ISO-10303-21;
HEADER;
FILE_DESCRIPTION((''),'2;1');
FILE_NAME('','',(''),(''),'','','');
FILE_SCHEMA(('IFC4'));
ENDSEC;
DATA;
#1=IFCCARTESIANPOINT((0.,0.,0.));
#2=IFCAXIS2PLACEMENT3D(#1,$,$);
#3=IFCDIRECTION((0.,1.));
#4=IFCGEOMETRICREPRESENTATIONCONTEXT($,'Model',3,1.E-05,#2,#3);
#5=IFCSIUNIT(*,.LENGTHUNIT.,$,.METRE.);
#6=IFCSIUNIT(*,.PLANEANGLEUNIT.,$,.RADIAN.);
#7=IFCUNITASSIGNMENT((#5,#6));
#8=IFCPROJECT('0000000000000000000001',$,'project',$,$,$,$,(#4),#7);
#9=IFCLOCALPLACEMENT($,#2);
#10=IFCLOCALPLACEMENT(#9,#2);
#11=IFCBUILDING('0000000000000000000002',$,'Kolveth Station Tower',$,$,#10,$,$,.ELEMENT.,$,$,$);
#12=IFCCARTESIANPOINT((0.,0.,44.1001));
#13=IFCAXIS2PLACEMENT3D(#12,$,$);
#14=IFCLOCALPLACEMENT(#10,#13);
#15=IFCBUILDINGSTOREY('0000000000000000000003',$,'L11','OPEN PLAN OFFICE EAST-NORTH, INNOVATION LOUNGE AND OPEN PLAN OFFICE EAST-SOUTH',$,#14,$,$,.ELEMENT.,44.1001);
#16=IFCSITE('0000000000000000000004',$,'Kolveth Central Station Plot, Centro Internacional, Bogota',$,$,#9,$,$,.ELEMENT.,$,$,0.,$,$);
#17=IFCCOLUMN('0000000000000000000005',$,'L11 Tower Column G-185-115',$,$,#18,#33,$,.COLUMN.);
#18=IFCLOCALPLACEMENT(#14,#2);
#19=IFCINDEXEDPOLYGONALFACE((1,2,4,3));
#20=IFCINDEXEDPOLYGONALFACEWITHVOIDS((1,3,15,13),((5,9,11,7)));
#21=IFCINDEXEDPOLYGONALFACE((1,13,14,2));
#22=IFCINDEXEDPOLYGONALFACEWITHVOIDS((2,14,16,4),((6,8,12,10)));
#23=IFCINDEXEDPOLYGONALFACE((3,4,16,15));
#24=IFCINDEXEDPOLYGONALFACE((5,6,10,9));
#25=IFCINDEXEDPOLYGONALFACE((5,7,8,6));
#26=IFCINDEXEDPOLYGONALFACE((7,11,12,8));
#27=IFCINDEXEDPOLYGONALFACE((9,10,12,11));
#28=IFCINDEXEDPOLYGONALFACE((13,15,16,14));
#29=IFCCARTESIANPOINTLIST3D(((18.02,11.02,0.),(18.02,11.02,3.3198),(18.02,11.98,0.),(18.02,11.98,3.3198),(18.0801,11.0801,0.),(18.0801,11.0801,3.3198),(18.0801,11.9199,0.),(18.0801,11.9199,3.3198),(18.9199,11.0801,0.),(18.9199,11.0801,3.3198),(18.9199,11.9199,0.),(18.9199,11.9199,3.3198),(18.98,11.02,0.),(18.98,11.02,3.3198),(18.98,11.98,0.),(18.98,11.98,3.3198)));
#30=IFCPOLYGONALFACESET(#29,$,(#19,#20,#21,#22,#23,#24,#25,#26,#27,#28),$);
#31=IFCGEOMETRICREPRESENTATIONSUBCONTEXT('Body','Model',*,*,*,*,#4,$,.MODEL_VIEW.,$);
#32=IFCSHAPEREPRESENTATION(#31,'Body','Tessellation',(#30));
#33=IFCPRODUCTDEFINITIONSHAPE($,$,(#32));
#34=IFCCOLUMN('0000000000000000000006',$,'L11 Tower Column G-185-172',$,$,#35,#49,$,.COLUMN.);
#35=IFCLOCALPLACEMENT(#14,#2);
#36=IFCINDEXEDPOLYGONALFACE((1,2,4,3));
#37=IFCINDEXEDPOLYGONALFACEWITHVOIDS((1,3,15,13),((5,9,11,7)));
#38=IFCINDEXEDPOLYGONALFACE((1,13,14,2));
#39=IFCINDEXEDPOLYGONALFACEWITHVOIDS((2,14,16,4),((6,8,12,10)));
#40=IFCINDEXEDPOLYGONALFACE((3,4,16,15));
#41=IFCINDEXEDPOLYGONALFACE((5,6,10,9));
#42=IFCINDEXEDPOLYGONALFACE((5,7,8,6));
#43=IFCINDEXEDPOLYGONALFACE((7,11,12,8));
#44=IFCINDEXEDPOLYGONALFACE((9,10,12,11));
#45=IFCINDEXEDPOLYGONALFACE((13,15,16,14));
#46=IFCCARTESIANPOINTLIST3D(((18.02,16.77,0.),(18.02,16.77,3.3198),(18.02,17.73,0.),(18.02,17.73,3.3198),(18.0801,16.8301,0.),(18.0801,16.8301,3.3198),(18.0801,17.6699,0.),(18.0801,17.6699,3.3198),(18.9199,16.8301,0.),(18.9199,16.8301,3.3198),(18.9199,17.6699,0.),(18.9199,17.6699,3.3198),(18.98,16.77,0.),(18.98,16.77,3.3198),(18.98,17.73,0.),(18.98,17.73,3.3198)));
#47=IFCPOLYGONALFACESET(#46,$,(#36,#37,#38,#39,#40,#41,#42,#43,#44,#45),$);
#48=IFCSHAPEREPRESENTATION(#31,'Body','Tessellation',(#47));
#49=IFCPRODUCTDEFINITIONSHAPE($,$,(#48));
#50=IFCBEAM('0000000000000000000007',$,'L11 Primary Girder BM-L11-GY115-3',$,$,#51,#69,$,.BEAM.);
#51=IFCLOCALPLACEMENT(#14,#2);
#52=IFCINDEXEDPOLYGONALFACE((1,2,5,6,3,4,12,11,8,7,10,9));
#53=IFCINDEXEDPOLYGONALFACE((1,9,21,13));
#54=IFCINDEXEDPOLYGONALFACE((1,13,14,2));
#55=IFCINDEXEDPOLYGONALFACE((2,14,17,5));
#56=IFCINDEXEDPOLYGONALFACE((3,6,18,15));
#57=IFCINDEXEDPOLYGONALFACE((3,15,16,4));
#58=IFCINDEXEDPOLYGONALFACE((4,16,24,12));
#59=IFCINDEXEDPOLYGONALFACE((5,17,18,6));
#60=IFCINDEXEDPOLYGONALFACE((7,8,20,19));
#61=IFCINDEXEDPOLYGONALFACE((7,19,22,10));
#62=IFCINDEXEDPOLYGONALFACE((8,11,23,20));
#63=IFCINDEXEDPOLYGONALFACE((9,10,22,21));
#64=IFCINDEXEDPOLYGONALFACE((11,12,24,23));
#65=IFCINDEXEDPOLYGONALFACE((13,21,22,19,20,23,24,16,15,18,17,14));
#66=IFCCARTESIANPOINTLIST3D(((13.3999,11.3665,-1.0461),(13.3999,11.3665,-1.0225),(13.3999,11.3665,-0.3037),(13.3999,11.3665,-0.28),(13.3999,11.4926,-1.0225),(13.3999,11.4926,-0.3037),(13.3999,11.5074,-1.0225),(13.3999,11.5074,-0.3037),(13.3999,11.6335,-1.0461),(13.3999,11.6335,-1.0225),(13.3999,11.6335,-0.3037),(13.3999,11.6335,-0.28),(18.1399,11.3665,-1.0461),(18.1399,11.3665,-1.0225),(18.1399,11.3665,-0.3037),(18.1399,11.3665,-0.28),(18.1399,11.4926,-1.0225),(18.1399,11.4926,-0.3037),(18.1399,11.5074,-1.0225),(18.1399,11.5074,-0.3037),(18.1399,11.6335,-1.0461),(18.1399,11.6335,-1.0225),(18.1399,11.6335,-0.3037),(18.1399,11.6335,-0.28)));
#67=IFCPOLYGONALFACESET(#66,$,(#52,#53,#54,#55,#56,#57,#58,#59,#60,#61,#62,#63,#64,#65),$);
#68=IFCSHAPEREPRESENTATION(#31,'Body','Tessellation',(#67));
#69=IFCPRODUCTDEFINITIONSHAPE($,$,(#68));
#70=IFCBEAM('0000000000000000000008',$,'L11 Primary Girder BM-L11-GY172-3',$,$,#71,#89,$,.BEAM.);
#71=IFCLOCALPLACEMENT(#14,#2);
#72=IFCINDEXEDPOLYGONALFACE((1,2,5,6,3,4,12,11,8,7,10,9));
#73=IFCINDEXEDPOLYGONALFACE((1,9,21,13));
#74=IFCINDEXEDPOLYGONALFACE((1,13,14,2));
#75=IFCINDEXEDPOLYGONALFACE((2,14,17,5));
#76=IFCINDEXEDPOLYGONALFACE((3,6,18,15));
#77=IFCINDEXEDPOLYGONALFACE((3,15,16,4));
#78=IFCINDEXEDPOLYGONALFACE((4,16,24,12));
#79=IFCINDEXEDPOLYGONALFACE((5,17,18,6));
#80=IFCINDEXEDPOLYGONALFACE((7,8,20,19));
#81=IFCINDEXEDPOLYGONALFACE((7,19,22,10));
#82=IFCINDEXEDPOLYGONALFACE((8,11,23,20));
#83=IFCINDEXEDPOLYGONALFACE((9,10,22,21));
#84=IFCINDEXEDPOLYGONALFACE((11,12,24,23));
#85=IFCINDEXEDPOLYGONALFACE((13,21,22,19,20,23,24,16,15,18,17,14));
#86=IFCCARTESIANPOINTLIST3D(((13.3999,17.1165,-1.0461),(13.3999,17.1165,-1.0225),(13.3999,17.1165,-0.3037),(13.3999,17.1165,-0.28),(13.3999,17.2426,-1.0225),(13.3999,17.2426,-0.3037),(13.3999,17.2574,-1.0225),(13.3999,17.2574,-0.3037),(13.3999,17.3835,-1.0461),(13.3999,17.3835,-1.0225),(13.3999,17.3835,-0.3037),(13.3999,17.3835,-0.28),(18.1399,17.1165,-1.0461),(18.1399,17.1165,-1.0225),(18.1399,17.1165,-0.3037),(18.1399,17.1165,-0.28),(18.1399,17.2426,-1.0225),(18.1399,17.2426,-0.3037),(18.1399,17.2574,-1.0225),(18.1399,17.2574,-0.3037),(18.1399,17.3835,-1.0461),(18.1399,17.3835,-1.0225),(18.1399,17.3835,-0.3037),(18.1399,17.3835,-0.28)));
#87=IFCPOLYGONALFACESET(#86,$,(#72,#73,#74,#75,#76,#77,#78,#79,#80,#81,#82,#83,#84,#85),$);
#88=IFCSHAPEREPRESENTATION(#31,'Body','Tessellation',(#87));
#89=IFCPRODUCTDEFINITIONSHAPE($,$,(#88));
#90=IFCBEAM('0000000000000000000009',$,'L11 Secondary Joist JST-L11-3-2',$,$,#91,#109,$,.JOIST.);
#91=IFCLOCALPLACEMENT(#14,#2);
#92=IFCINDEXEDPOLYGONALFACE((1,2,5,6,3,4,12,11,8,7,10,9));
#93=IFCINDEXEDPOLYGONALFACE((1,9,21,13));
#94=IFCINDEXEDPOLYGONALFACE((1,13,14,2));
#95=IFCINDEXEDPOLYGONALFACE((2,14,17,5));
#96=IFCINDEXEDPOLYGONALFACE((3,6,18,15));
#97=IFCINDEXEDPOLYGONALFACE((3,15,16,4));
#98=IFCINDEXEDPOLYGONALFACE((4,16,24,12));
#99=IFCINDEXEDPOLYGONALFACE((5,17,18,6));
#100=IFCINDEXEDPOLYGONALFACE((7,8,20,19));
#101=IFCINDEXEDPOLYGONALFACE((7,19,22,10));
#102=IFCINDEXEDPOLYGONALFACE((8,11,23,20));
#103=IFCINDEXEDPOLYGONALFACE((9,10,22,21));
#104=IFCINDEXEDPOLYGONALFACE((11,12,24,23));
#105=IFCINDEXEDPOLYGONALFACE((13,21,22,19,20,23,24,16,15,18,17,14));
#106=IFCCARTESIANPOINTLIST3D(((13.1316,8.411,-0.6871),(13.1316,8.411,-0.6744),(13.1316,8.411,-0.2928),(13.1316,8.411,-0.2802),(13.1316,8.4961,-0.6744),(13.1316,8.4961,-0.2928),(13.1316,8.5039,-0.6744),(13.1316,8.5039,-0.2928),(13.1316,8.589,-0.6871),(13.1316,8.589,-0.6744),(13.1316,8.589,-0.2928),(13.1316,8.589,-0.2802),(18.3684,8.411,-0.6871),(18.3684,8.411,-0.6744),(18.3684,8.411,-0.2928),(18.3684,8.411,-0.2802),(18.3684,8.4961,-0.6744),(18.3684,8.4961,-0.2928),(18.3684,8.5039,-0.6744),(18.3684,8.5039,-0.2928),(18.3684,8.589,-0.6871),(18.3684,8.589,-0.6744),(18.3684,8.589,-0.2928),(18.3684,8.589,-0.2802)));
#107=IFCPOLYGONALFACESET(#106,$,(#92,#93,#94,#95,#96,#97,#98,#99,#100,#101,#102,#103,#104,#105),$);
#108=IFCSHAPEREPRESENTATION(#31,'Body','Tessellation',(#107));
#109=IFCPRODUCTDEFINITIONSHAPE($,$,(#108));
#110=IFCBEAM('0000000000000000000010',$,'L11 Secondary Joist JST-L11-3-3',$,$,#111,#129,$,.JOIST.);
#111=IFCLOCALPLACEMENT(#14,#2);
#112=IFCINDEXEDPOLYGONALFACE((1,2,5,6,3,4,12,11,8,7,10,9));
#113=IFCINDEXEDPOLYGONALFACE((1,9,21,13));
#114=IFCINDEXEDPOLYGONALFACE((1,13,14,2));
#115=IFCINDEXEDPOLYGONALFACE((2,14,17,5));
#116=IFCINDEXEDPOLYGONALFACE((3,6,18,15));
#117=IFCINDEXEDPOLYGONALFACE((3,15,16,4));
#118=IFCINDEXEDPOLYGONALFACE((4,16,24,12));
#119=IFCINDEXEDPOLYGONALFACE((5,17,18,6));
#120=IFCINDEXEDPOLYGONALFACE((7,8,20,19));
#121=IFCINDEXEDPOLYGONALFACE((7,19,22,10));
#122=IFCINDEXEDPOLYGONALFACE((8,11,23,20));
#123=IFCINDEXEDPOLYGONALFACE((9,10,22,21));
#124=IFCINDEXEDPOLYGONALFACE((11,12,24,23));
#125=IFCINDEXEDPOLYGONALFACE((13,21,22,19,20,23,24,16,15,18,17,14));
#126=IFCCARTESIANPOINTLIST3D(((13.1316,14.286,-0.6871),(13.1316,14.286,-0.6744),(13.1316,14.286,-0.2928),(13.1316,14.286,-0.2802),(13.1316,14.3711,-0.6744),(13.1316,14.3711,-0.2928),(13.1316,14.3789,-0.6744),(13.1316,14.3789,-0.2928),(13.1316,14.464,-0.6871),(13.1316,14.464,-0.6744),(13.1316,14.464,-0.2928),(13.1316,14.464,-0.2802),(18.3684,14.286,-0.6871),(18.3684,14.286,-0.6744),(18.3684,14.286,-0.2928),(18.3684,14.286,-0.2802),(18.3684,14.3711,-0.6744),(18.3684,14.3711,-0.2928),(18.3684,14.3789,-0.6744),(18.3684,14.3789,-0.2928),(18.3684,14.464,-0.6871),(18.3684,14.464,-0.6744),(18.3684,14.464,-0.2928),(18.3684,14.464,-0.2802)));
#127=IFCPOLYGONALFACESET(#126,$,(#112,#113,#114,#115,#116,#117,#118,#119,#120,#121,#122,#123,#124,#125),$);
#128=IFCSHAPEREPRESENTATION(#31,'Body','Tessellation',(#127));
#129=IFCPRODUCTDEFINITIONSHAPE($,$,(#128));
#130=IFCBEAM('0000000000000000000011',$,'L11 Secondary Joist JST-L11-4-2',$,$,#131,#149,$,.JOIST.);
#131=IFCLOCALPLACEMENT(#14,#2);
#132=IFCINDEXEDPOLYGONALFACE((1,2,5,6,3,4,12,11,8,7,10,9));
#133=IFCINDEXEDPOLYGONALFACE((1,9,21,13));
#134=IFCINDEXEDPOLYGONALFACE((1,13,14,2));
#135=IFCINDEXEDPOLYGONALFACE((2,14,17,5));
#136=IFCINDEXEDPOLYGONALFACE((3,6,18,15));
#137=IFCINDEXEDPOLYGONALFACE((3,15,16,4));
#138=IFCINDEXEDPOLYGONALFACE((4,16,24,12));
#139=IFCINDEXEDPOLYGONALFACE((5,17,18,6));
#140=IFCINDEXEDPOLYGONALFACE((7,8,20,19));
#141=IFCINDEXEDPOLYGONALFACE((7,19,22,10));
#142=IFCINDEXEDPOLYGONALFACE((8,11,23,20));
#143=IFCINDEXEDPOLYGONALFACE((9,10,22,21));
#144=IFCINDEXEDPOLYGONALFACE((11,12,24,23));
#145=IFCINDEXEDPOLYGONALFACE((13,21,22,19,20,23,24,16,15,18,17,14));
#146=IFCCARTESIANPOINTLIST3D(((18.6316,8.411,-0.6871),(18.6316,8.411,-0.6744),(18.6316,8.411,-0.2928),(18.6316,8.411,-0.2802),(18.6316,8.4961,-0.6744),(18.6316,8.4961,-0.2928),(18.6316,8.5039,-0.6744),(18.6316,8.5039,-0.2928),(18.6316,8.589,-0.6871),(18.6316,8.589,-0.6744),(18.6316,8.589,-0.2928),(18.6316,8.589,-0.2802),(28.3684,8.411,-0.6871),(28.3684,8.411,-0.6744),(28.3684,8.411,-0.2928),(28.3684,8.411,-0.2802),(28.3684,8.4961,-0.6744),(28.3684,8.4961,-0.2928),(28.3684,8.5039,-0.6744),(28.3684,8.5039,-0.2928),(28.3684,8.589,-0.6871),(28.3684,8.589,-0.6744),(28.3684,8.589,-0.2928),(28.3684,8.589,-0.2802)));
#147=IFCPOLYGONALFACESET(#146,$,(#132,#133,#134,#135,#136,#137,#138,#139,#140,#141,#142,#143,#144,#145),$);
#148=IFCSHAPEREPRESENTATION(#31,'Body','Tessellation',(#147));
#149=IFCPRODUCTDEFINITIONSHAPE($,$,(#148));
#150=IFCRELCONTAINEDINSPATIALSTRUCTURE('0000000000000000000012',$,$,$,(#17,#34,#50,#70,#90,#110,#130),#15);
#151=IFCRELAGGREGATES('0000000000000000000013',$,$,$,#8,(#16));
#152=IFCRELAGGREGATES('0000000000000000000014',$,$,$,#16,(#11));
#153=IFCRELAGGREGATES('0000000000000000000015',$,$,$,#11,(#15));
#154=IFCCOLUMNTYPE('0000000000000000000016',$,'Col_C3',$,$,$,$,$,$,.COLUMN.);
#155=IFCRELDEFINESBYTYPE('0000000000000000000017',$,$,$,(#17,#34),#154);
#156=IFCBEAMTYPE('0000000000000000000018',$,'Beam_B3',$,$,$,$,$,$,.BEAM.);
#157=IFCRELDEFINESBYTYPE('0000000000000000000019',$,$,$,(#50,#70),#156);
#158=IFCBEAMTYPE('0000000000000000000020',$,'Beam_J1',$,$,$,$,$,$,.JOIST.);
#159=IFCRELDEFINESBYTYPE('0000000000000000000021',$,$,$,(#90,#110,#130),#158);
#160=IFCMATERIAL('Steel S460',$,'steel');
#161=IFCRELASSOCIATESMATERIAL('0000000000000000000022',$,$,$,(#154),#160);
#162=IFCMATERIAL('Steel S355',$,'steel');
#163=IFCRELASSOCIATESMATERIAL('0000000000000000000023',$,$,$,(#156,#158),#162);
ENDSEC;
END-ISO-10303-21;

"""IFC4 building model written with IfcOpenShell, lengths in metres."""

from ifc_helpers import new_model, si_unit, direction, frame, origin, origin_2d, place, context, subcontext, project, spatial, hollow_rectangle, i_section, extrude, source, transform, mapped, material, material_profile, profile_set, type_object, element, save


model = new_model("IFC4")

# Units and contexts
model_context = context("Model", 3, precision=1e-05, world=origin(), true_north=direction((0.0, 1.0)))
body_context = subcontext(model_context, "Body", "Model", "MODEL_VIEW")
ifc_project = project(units=[si_unit("LENGTHUNIT", "METRE"), si_unit("PLANEANGLEUNIT", "RADIAN")], contexts=[model_context])

# Site, building, storey
site_placement = place(None, origin())
site = spatial("IfcSite", under=ifc_project, at=site_placement, Name="Kolveth Central Station Plot, Centro Internacional, Bogota", CompositionType="ELEMENT", RefElevation=0.0)
building_placement = place(site_placement, origin())
building = spatial("IfcBuilding", under=site, at=building_placement, Name="Kolveth Station Tower", CompositionType="ELEMENT")
storey_placement = place(building_placement, frame((0.0, 0.0, 44.1001)))
storey = spatial("IfcBuildingStorey", under=building, at=storey_placement, Name="L11", Description="OPEN PLAN OFFICE EAST-NORTH, INNOVATION LOUNGE AND OPEN PLAN OFFICE EAST-SOUTH", CompositionType="ELEMENT", Elevation=44.1001)

# Columns
ifc_material_1 = material(Name="Steel S460", Category="steel")
ifc_material_profile_1 = material_profile(ifc_material_1, hollow_rectangle(XDim=0.96, YDim=0.96, WallThickness=0.0601, at=origin_2d()), Name="BOX960x960x60")
ifc_profile_set_1 = profile_set([ifc_material_profile_1], Name="Steel S460")
column_type = type_object("IfcColumnType", Name="Col_C3", PredefinedType="COLUMN", material=ifc_profile_set_1)
shared_shape_1 = source(origin(), body_context, "Body", "SweptSolid", [
    extrude(hollow_rectangle(XDim=0.96, YDim=0.96, WallThickness=0.0601, at=origin_2d()), origin(), (0.0, 0.0, 1.0), 3.3198),
])
for number, where, z_axis, x_axis, name in (
    (1, (18.5, 11.5, 0.0), (0.0, 0.0, 1.0), (1.0, 0.0, 0.0), "L11 Tower Column G-185-115"),
    (2, (18.5, 17.25, 0.0), (0.0, 0.0, 1.0), (1.0, 0.0, 0.0), "L11 Tower Column G-185-172"),
):
    element("IfcColumn", number, at=place(storey_placement, frame(where, z_axis=z_axis, x_axis=x_axis)), inside=storey, type_object=column_type, Name=name, PredefinedType="COLUMN", context=body_context, shape_type="MappedRepresentation", body=[
        mapped(shared_shape_1, transform((0.0, 0.0, 0.0), x_axis=(1.0, 0.0, 0.0), y_axis=(0.0, 1.0, 0.0), z_axis=(0.0, 0.0, 1.0), scale=1.0)),
    ])

# Beams
ifc_material_2 = material(Name="Steel S355", Category="steel")
ifc_material_profile_2 = material_profile(ifc_material_2, i_section(OverallWidth=0.2671, OverallDepth=0.7661, WebThickness=0.0149, FlangeThickness=0.0237, at=origin_2d()), Name="W760x185")
ifc_profile_set_2 = profile_set([ifc_material_profile_2], Name="Steel S355")
beam_type_1 = type_object("IfcBeamType", Name="Beam_B3", PredefinedType="BEAM", material=ifc_profile_set_2)
shared_shape_2 = source(origin(), body_context, "Body", "SweptSolid", [
    extrude(i_section(OverallWidth=0.2671, OverallDepth=0.7661, WebThickness=0.0149, FlangeThickness=0.0237, at=origin_2d()), origin(), (0.0, 0.0, 1.0), 4.74),
])
for number, where, z_axis, x_axis, name in (
    (3, (13.3999, 11.5, -0.6631), (1.0, 0.0, 0.0), (0.0, 1.0, 0.0), "L11 Primary Girder BM-L11-GY115-3"),
    (4, (13.3999, 17.25, -0.6631), (1.0, 0.0, 0.0), (0.0, 1.0, 0.0), "L11 Primary Girder BM-L11-GY172-3"),
):
    element("IfcBeam", number, at=place(storey_placement, frame(where, z_axis=z_axis, x_axis=x_axis)), inside=storey, type_object=beam_type_1, Name=name, PredefinedType="BEAM", context=body_context, shape_type="MappedRepresentation", body=[
        mapped(shared_shape_2, transform((0.0, 0.0, 0.0), x_axis=(1.0, 0.0, 0.0), y_axis=(0.0, 1.0, 0.0), z_axis=(0.0, 0.0, 1.0), scale=1.0)),
    ])
ifc_material_profile_3 = material_profile(ifc_material_2, i_section(OverallWidth=0.178, OverallDepth=0.407, WebThickness=0.0078, FlangeThickness=0.0127, at=origin_2d()), Name="W410x60")
ifc_profile_set_3 = profile_set([ifc_material_profile_3], Name="Steel S355")
beam_type_2 = type_object("IfcBeamType", Name="Beam_J1", PredefinedType="JOIST", material=ifc_profile_set_3)
shared_shape_3 = source(origin(), body_context, "Body", "SweptSolid", [
    extrude(i_section(OverallWidth=0.178, OverallDepth=0.407, WebThickness=0.0078, FlangeThickness=0.0127, at=origin_2d()), origin(), (0.0, 0.0, 1.0), 5.2368),
])
for number, where, z_axis, x_axis, name in (
    (5, (13.1316, 8.5, -0.4836), (1.0, 0.0, 0.0), (0.0, 1.0, 0.0), "L11 Secondary Joist JST-L11-3-2"),
    (6, (13.1316, 14.375, -0.4836), (1.0, 0.0, 0.0), (0.0, 1.0, 0.0), "L11 Secondary Joist JST-L11-3-3"),
):
    element("IfcBeam", number, at=place(storey_placement, frame(where, z_axis=z_axis, x_axis=x_axis)), inside=storey, type_object=beam_type_2, Name=name, PredefinedType="JOIST", context=body_context, shape_type="MappedRepresentation", body=[
        mapped(shared_shape_3, transform((0.0, 0.0, 0.0), x_axis=(1.0, 0.0, 0.0), y_axis=(0.0, 1.0, 0.0), z_axis=(0.0, 0.0, 1.0), scale=1.0)),
    ])
shared_shape_4 = source(origin(), body_context, "Body", "SweptSolid", [
    extrude(i_section(OverallWidth=0.178, OverallDepth=0.407, WebThickness=0.0078, FlangeThickness=0.0127, at=origin_2d()), origin(), (0.0, 0.0, 1.0), 9.7368),
])
beam_placement = place(storey_placement, frame((18.6316, 8.5, -0.4836), z_axis=(1.0, 0.0, 0.0), x_axis=(0.0, 1.0, 0.0)))
element("IfcBeam", 7, at=beam_placement, inside=storey, type_object=beam_type_2, Name="L11 Secondary Joist JST-L11-4-2", PredefinedType="JOIST", context=body_context, shape_type="MappedRepresentation", body=[
    mapped(shared_shape_4, transform((0.0, 0.0, 0.0), x_axis=(1.0, 0.0, 0.0), y_axis=(0.0, 1.0, 0.0), z_axis=(0.0, 0.0, 1.0), scale=1.0)),
])

save(model, "model.ifc")
